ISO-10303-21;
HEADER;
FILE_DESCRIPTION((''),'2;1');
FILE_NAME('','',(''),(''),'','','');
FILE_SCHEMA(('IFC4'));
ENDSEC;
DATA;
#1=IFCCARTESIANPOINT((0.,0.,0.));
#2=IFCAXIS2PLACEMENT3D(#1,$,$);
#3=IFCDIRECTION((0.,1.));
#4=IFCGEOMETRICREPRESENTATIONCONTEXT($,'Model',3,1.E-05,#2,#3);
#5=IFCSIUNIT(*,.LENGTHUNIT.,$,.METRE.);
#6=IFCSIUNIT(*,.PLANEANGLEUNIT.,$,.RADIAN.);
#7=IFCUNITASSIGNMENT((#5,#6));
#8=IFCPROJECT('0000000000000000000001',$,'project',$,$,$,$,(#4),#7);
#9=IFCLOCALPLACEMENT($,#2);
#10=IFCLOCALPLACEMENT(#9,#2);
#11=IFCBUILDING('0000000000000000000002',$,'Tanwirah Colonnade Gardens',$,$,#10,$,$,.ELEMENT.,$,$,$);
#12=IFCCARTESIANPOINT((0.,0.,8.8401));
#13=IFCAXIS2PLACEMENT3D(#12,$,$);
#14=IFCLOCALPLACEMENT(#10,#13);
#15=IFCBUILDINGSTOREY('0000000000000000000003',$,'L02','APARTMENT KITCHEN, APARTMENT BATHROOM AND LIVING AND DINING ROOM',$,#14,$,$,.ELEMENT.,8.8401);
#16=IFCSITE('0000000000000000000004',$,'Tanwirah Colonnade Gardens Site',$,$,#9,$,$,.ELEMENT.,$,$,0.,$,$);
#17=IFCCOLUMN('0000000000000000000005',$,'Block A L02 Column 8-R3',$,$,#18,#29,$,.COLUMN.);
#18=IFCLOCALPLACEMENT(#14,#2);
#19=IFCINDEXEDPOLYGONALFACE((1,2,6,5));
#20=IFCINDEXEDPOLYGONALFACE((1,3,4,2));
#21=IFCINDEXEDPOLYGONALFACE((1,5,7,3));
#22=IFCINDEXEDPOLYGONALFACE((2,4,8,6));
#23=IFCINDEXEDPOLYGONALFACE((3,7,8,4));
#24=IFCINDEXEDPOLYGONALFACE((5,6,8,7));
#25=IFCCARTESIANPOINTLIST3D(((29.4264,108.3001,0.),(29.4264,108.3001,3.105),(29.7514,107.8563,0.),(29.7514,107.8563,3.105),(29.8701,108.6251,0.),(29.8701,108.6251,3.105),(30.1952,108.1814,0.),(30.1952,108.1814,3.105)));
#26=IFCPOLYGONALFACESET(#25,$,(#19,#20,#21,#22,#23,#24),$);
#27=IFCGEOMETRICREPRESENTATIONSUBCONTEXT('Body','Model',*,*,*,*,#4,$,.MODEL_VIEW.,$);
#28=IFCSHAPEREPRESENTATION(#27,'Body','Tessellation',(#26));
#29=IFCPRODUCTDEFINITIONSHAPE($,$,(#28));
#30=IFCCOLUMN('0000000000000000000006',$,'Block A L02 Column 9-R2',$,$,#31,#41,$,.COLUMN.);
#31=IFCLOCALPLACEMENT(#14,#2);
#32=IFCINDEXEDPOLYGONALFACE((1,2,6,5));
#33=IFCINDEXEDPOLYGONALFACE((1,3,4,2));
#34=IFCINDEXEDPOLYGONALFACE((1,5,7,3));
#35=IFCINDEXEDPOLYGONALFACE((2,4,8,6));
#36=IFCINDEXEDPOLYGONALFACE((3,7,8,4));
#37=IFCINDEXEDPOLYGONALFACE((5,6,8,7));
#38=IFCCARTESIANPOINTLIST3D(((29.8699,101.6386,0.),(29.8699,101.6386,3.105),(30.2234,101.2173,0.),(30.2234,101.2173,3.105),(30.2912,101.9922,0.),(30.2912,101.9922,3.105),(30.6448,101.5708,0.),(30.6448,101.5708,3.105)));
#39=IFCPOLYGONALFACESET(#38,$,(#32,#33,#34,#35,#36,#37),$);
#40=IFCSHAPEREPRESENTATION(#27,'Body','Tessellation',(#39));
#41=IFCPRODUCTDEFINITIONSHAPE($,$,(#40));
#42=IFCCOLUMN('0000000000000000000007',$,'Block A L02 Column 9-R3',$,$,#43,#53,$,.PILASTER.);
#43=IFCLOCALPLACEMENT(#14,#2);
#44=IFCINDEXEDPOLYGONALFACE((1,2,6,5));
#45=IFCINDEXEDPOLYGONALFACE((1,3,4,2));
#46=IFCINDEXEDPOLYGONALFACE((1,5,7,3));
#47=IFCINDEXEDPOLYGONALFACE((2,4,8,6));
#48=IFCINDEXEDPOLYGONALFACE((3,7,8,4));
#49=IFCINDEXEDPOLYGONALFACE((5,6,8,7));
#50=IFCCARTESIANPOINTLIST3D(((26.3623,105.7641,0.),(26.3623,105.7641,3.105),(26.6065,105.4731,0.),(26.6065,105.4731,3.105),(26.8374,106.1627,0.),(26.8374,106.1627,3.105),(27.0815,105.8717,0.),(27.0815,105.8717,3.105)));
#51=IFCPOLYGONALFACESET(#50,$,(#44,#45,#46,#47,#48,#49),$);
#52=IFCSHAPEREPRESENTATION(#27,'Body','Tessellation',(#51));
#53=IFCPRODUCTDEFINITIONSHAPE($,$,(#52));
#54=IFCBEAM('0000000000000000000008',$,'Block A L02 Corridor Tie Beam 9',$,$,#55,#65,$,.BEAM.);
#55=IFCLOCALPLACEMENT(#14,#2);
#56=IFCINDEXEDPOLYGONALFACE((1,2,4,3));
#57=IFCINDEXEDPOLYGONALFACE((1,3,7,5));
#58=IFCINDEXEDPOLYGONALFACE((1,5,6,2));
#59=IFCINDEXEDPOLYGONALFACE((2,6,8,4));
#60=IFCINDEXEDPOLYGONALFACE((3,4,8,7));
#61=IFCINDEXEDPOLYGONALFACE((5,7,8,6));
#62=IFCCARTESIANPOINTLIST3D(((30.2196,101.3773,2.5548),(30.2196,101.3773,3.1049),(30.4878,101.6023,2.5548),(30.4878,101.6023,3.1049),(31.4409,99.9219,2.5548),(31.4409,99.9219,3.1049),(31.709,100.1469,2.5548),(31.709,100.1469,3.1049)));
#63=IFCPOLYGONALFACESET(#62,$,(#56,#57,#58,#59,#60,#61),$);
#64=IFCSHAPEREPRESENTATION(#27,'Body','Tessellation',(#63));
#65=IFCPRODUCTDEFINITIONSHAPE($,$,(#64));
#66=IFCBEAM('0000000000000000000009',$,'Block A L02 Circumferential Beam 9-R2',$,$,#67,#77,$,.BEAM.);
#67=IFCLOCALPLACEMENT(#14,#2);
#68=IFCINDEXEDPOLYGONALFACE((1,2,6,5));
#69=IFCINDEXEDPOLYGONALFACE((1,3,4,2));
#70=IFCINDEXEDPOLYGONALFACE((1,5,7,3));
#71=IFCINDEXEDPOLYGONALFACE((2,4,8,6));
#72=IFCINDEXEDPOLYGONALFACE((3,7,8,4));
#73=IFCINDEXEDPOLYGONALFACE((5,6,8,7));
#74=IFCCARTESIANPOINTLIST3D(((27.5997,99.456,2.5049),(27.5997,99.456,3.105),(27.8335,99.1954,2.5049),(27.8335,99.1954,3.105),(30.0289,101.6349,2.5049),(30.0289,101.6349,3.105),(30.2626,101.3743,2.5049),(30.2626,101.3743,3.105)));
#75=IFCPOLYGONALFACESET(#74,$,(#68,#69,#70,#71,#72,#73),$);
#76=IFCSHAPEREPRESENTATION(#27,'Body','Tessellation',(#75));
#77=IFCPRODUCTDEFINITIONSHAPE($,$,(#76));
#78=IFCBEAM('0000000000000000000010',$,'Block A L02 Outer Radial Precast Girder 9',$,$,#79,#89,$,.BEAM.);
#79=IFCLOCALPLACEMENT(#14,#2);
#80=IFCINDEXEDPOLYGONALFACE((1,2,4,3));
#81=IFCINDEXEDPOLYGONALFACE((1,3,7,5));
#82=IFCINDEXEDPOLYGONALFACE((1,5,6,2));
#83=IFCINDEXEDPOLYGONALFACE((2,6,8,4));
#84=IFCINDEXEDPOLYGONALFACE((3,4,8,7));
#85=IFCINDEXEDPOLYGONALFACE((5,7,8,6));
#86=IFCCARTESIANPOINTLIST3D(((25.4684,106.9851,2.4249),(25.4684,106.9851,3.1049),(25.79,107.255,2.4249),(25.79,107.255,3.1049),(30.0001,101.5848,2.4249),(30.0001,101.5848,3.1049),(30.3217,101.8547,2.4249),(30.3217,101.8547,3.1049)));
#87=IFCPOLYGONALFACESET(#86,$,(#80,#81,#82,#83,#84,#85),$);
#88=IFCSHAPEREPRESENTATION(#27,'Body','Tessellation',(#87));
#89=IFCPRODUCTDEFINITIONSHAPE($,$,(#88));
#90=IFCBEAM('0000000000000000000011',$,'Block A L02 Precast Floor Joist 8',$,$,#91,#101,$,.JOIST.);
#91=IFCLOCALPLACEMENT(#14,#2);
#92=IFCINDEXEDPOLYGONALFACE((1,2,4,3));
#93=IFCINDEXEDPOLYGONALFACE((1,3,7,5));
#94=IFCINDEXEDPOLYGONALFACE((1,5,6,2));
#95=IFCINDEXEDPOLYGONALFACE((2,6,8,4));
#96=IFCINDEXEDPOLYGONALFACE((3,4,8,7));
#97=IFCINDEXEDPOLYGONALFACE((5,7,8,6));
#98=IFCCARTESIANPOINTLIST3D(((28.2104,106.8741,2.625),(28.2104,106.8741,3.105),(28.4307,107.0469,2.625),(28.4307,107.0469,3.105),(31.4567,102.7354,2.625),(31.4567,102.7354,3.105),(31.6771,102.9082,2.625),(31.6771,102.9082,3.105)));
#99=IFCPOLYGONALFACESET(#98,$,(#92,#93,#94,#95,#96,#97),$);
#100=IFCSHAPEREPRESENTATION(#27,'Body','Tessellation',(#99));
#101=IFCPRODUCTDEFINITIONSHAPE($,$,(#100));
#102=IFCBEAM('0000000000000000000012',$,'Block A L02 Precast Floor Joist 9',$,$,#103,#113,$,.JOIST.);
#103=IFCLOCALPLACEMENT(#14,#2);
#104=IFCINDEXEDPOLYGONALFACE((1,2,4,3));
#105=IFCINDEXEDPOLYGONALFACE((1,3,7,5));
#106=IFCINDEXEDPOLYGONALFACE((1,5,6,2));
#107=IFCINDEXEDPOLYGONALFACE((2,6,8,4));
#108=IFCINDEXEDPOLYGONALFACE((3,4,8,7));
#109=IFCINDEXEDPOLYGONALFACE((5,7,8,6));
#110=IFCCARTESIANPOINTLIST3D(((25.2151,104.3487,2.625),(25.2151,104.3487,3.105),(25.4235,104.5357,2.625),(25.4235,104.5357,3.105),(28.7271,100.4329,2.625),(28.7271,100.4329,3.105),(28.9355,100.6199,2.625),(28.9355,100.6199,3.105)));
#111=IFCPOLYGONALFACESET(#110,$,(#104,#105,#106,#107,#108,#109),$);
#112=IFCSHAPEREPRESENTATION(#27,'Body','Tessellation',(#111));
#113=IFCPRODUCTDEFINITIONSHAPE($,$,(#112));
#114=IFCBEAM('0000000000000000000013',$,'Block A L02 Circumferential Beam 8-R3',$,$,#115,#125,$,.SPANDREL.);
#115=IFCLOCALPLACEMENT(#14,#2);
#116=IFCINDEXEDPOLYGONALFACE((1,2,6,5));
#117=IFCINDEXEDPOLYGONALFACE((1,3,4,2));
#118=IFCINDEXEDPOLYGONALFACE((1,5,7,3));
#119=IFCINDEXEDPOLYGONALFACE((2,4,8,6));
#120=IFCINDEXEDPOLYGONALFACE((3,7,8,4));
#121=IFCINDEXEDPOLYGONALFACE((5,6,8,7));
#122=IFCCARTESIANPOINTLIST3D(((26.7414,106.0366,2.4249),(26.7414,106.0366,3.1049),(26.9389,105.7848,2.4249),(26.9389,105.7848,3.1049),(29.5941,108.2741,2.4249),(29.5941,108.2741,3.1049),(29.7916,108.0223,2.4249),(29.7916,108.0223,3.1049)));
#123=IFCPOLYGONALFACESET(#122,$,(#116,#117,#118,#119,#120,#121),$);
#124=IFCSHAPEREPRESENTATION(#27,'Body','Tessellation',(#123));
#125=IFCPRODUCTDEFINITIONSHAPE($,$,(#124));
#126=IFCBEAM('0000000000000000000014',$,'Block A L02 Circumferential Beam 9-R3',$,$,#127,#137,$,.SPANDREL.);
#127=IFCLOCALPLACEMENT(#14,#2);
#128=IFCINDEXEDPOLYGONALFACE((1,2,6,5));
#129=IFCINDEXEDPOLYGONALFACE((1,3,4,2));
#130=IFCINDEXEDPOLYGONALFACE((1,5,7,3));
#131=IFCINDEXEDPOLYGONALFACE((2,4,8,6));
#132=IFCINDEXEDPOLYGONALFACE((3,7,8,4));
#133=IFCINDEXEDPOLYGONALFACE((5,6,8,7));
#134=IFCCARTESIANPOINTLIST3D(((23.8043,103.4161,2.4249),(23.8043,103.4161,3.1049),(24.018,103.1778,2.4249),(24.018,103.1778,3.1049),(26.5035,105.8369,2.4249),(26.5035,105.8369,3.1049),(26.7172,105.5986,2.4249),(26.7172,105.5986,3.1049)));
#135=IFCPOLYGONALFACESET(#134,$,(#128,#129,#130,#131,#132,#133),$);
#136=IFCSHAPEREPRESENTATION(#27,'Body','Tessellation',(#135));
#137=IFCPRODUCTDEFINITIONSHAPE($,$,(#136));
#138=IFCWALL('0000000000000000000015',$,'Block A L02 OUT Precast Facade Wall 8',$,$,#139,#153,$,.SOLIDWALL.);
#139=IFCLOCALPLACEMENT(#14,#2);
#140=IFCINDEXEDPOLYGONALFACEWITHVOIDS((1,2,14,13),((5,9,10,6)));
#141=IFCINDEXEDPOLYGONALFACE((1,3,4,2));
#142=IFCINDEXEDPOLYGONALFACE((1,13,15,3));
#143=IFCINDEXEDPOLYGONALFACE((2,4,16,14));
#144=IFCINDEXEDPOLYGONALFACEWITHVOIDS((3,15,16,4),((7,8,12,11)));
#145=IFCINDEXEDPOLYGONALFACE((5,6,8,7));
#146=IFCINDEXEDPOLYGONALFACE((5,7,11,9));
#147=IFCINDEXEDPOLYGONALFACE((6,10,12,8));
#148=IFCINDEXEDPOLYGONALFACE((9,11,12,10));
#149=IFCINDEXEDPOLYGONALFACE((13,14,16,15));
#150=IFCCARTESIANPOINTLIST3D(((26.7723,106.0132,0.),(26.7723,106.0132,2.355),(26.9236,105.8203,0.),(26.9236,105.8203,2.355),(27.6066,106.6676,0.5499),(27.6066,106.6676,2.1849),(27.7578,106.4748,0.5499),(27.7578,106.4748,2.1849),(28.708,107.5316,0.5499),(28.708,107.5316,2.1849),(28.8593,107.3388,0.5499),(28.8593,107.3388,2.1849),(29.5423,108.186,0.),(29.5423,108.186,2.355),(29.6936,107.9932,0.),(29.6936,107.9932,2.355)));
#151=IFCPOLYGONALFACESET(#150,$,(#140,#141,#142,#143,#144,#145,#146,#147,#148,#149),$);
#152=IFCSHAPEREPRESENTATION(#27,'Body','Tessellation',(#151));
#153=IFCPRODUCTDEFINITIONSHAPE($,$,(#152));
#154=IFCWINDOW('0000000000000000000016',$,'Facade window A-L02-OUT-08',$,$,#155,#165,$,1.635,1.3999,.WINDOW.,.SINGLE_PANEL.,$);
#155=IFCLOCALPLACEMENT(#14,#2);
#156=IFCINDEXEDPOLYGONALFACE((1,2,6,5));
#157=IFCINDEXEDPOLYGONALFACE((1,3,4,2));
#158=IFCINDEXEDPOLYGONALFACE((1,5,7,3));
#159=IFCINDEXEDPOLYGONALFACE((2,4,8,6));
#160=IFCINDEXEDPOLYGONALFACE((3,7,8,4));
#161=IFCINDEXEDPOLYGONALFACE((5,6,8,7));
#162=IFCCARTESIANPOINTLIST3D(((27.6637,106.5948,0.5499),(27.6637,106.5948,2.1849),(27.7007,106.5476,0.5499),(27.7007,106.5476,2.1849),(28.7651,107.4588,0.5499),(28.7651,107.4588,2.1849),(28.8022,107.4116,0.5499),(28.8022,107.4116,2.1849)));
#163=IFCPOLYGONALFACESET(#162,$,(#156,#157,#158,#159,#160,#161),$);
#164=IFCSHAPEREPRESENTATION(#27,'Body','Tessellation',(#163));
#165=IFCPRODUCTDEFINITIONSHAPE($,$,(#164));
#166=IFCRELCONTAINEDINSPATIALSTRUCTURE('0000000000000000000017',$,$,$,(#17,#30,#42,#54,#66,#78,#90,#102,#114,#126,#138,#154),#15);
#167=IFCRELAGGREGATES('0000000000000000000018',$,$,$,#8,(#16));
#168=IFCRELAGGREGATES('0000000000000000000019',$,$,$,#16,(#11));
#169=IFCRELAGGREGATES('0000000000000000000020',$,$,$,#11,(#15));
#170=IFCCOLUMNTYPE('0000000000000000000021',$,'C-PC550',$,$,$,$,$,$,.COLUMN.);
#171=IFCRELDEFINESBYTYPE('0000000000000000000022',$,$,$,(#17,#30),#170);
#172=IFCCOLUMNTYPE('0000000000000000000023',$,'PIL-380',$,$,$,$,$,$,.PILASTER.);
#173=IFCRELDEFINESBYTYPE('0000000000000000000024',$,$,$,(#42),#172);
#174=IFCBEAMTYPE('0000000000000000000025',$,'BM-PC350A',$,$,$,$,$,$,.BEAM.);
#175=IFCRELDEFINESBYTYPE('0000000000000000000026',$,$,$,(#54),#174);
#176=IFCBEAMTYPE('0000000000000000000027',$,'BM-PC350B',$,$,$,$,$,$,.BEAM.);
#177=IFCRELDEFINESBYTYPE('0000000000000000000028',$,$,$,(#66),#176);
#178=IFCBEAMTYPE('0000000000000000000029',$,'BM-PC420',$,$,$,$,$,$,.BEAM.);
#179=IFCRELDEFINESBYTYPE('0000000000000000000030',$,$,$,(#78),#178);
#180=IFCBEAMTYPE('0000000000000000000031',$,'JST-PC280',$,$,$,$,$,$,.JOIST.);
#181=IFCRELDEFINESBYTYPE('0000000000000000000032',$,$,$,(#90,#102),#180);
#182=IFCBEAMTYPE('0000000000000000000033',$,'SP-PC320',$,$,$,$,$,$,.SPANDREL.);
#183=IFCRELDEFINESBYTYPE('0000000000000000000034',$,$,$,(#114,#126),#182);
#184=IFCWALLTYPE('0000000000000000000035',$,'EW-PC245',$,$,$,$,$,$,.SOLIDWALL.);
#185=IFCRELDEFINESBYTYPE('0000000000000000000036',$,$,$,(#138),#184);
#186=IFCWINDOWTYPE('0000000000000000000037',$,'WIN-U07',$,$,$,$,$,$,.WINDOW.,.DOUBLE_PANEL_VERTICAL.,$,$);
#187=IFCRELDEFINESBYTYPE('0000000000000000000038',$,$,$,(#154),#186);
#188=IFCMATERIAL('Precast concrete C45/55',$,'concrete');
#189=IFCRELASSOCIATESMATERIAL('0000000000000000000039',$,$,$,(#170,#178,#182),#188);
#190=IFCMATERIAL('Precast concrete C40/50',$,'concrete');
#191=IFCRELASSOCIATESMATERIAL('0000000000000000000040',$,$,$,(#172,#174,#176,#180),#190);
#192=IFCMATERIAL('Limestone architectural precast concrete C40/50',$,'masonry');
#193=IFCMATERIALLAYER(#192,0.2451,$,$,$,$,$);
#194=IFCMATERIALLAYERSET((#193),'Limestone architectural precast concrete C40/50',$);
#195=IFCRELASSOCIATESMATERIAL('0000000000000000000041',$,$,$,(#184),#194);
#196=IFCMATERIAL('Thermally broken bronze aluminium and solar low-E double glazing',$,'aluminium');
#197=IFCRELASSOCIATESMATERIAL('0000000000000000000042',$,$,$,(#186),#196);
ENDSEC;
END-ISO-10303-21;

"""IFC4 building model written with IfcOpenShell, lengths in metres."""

from ifc_helpers import new_model, si_unit, direction, frame, frame_2d, origin, origin_2d, place, context, subcontext, project, spatial, rectangle, extrude, material, layer, layer_set, material_profile, profile_set, type_object, element, fill, save


model = new_model("IFC4")

# Units and contexts
model_context = context("Model", 3, precision=1e-05, world=origin(), true_north=direction((0.0, 1.0)))
body_context = subcontext(model_context, "Body", "Model", "MODEL_VIEW")
ifc_project = project(units=[si_unit("LENGTHUNIT", "METRE"), si_unit("PLANEANGLEUNIT", "RADIAN")], contexts=[model_context])

# Site, building, storey
site_placement = place(None, origin())
site = spatial("IfcSite", under=ifc_project, at=site_placement, Name="Tanwirah Colonnade Gardens Site", CompositionType="ELEMENT", RefElevation=0.0)
building_placement = place(site_placement, origin())
building = spatial("IfcBuilding", under=site, at=building_placement, Name="Tanwirah Colonnade Gardens", CompositionType="ELEMENT")
storey_placement = place(building_placement, frame((0.0, 0.0, 8.8401)))
storey = spatial("IfcBuildingStorey", under=building, at=storey_placement, Name="L02", Description="APARTMENT KITCHEN, APARTMENT BATHROOM AND LIVING AND DINING ROOM", CompositionType="ELEMENT", Elevation=8.8401)

# Columns
ifc_material_1 = material(Name="Precast concrete C45/55", Category="concrete")
ifc_material_profile_1 = material_profile(ifc_material_1, rectangle(XDim=0.55, YDim=0.55, at=origin_2d()), Name="PC-COL 550x550")
ifc_profile_set_1 = profile_set([ifc_material_profile_1], Name="Precast concrete C45/55")
column_type_1 = type_object("IfcColumnType", Name="C-PC550", PredefinedType="COLUMN", material=ifc_profile_set_1)
for number, where, z_axis, x_axis, name in (
    (1, (29.8108, 108.2407, 0.0), (0.0, 0.0, 1.0), (-0.590919, 0.806731, 0.0), "Block A L02 Column 8-R3"),
    (2, (30.2573, 101.6047, 0.0), (0.0, 0.0, 1.0), (-0.642788, 0.766044, 0.0), "Block A L02 Column 9-R2"),
):
    element("IfcColumn", number, at=place(storey_placement, frame(where, z_axis=z_axis, x_axis=x_axis)), inside=storey, type_object=column_type_1, Name=name, PredefinedType="COLUMN", context=body_context, shape_type="SweptSolid", body=[
        extrude(rectangle(XDim=0.55, YDim=0.55, at=origin_2d()), origin(), (0.0, 0.0, 1.0), 3.105),
    ])
ifc_material_2 = material(Name="Precast concrete C40/50", Category="concrete")
ifc_material_profile_2 = material_profile(ifc_material_2, rectangle(XDim=0.3799, YDim=0.6201, at=origin_2d()), Name="PC-PIL 380x620")
ifc_profile_set_2 = profile_set([ifc_material_profile_2], Name="Precast concrete C40/50")
column_type_2 = type_object("IfcColumnType", Name="PIL-380", PredefinedType="PILASTER", material=ifc_profile_set_2)
column_placement = place(storey_placement, frame((26.7219, 105.8179, 0.0), z_axis=(0.0, 0.0, 1.0), x_axis=(-0.642788, 0.766044, 0.0)))
element("IfcColumn", 3, at=column_placement, inside=storey, type_object=column_type_2, Name="Block A L02 Column 9-R3", PredefinedType="PILASTER", context=body_context, shape_type="SweptSolid", body=[
    extrude(rectangle(XDim=0.3799, YDim=0.6201, at=origin_2d()), origin(), (0.0, 0.0, 1.0), 3.105),
])

# Beams
ifc_material_profile_3 = material_profile(ifc_material_2, rectangle(XDim=0.3501, YDim=0.55, at=origin_2d()), Name="PC-BM 350x550")
ifc_profile_set_3 = profile_set([ifc_material_profile_3], Name="Precast concrete C40/50")
beam_type_1 = type_object("IfcBeamType", Name="BM-PC350A", PredefinedType="BEAM", material=ifc_profile_set_3)
beam_1_placement = place(storey_placement, frame((31.575, 100.0344, 2.8298), z_axis=(-0.642797, 0.766036, 0.0), x_axis=(-0.766036, -0.642797, 0.0)))
element("IfcBeam", 4, at=beam_1_placement, inside=storey, type_object=beam_type_1, Name="Block A L02 Corridor Tie Beam 9", PredefinedType="BEAM", context=body_context, shape_type="SweptSolid", body=[
    extrude(rectangle(XDim=0.3501, YDim=0.55, at=origin_2d()), origin(), (0.0, 0.0, 1.0), 1.8999),
])
ifc_material_profile_4 = material_profile(ifc_material_2, rectangle(XDim=0.3501, YDim=0.6001, at=origin_2d()), Name="PC-BM 350x600")
ifc_profile_set_4 = profile_set([ifc_material_profile_4], Name="Precast concrete C40/50")
beam_type_2 = type_object("IfcBeamType", Name="BM-PC350B", PredefinedType="BEAM", material=ifc_profile_set_4)
beam_2_placement = place(storey_placement, frame((30.1458, 101.5046, 2.8049), z_axis=(-0.744409, -0.667724, 0.0), x_axis=(0.667724, -0.744409, 0.0)))
element("IfcBeam", 5, at=beam_2_placement, inside=storey, type_object=beam_type_2, Name="Block A L02 Circumferential Beam 9-R2", PredefinedType="BEAM", context=body_context, shape_type="SweptSolid", body=[
    extrude(rectangle(XDim=0.3501, YDim=0.6001, at=origin_2d()), origin(), (0.0, 0.0, 1.0), 3.2632),
])
ifc_material_profile_5 = material_profile(ifc_material_1, rectangle(XDim=0.4199, YDim=0.6799, at=origin_2d()), Name="PC-BM 420x680")
ifc_profile_set_5 = profile_set([ifc_material_profile_5], Name="Precast concrete C45/55")
beam_type_3 = type_object("IfcBeamType", Name="BM-PC420", PredefinedType="BEAM", material=ifc_profile_set_5)
beam_3_placement = place(storey_placement, frame((30.1609, 101.7197, 2.7649), z_axis=(-0.64281, 0.766025, 0.0), x_axis=(-0.766025, -0.64281, 0.0)))
element("IfcBeam", 6, at=beam_3_placement, inside=storey, type_object=beam_type_3, Name="Block A L02 Outer Radial Precast Girder 9", PredefinedType="BEAM", context=body_context, shape_type="SweptSolid", body=[
    extrude(rectangle(XDim=0.4199, YDim=0.6799, at=origin_2d()), origin(), (0.0, 0.0, 1.0), 7.0498),
])
ifc_material_profile_6 = material_profile(ifc_material_2, rectangle(XDim=0.28, YDim=0.48, at=origin_2d()), Name="PC-JST 280x480")
ifc_profile_set_6 = profile_set([ifc_material_profile_6], Name="Precast concrete C40/50")
beam_type_4 = type_object("IfcBeamType", Name="JST-PC280", PredefinedType="JOIST", material=ifc_profile_set_6)
for number, where, z_axis, x_axis, name in (
    (7, (31.5669, 102.8218, 2.865), (-0.617178, 0.786824, 0.0), (-0.786824, -0.617178, 0.0), "Block A L02 Precast Floor Joist 8"),
    (8, (28.8313, 100.5264, 2.865), (-0.667679, 0.744449, 0.0), (-0.744449, -0.667679, 0.0), "Block A L02 Precast Floor Joist 9"),
):
    element("IfcBeam", number, at=place(storey_placement, frame(where, z_axis=z_axis, x_axis=x_axis)), inside=storey, type_object=beam_type_4, Name=name, PredefinedType="JOIST", context=body_context, shape_type="SweptSolid", body=[
        extrude(rectangle(XDim=0.28, YDim=0.48, at=origin_2d()), origin(), (0.0, 0.0, 1.0), 5.26),
    ])
ifc_material_profile_7 = material_profile(ifc_material_1, rectangle(XDim=0.3201, YDim=0.6799, at=origin_2d()), Name="PC-SP 320x680")
ifc_profile_set_7 = profile_set([ifc_material_profile_7], Name="Precast concrete C45/55")
beam_type_5 = type_object("IfcBeamType", Name="SP-PC320", PredefinedType="SPANDREL", material=ifc_profile_set_7)
beam_4_placement = place(storey_placement, frame((29.6929, 108.1482, 2.7649), z_axis=(-0.786844, -0.617152, 0.0), x_axis=(0.617152, -0.786844, 0.0)))
element("IfcBeam", 9, at=beam_4_placement, inside=storey, type_object=beam_type_5, Name="Block A L02 Circumferential Beam 8-R3", PredefinedType="SPANDREL", context=body_context, shape_type="SweptSolid", body=[
    extrude(rectangle(XDim=0.3201, YDim=0.6799, at=origin_2d()), origin(), (0.0, 0.0, 1.0), 3.6255),
])
beam_5_placement = place(storey_placement, frame((26.6104, 105.7178, 2.7649), z_axis=(-0.744445, -0.667684, 0.0), x_axis=(0.667684, -0.744445, 0.0)))
element("IfcBeam", 10, at=beam_5_placement, inside=storey, type_object=beam_type_5, Name="Block A L02 Circumferential Beam 9-R3", PredefinedType="SPANDREL", context=body_context, shape_type="SweptSolid", body=[
    extrude(rectangle(XDim=0.3201, YDim=0.6799, at=origin_2d()), origin(), (0.0, 0.0, 1.0), 3.6257),
])

# Wall, opening, window
ifc_material_3 = material(Name="Limestone architectural precast concrete C40/50", Category="masonry")
ifc_layer_1 = layer(ifc_material_3, 0.2451)
ifc_layer_set_1 = layer_set([ifc_layer_1], Name="Limestone architectural precast concrete C40/50")
wall_type_1 = type_object("IfcWallType", Name="EW-PC245", PredefinedType="SOLIDWALL", material=ifc_layer_set_1)
wall_1_placement = place(storey_placement, frame((29.6179, 108.0896, 0.0), z_axis=(0.0, 0.0, 1.0), x_axis=(-0.786814, -0.61719, 0.0)))
wall_1 = element("IfcWall", 11, at=wall_1_placement, inside=storey, type_object=wall_type_1, Name="Block A L02 OUT Precast Facade Wall 8", PredefinedType="SOLIDWALL", context=body_context, shape_type="SweptSolid", body=[
    extrude(rectangle(XDim=3.5205, YDim=0.2451, at=frame_2d((1.7603, 0.0))), origin(), (0.0, 0.0, 1.0), 2.355),
])
opening_1_placement = place(wall_1_placement, frame((1.0603, 0.0, 0.55)))
opening_1 = element("IfcOpeningElement", 12, at=opening_1_placement, cuts=wall_1, PredefinedType="OPENING", context=body_context, shape_type="SweptSolid", body=[
    extrude(rectangle(XDim=1.3999, YDim=1.635, at=frame_2d((0.7, 0.8174))), frame((0.0, 0.1326, 0.0), z_axis=(0.0, -1.0, 0.0), x_axis=(1.0, 0.0, 0.0)), (0.0, 0.0, 1.0), 0.2651),
])
ifc_material_4 = material(Name="Thermally broken bronze aluminium and solar low-E double glazing", Category="aluminium")
window_type_1 = type_object("IfcWindowType", Name="WIN-U07", PartitioningType="DOUBLE_PANEL_VERTICAL", PredefinedType="WINDOW", material=ifc_material_4)
window_1_placement = place(opening_1_placement, origin())
window_1 = element("IfcWindow", 13, at=window_1_placement, inside=storey, type_object=window_type_1, Name="Facade window A-L02-OUT-08", OverallHeight=1.635, OverallWidth=1.3999, PartitioningType="SINGLE_PANEL", PredefinedType="WINDOW", context=body_context, shape_type="SweptSolid", body=[
    extrude(rectangle(XDim=1.3999, YDim=1.635, at=frame_2d((0.7, 0.8174))), frame((0.0, 0.03, 0.0), z_axis=(0.0, -1.0, 0.0), x_axis=(1.0, 0.0, 0.0)), (0.0, 0.0, 1.0), 0.0601),
])
fill(opening_1, window_1)

save(model, "model.ifc")
